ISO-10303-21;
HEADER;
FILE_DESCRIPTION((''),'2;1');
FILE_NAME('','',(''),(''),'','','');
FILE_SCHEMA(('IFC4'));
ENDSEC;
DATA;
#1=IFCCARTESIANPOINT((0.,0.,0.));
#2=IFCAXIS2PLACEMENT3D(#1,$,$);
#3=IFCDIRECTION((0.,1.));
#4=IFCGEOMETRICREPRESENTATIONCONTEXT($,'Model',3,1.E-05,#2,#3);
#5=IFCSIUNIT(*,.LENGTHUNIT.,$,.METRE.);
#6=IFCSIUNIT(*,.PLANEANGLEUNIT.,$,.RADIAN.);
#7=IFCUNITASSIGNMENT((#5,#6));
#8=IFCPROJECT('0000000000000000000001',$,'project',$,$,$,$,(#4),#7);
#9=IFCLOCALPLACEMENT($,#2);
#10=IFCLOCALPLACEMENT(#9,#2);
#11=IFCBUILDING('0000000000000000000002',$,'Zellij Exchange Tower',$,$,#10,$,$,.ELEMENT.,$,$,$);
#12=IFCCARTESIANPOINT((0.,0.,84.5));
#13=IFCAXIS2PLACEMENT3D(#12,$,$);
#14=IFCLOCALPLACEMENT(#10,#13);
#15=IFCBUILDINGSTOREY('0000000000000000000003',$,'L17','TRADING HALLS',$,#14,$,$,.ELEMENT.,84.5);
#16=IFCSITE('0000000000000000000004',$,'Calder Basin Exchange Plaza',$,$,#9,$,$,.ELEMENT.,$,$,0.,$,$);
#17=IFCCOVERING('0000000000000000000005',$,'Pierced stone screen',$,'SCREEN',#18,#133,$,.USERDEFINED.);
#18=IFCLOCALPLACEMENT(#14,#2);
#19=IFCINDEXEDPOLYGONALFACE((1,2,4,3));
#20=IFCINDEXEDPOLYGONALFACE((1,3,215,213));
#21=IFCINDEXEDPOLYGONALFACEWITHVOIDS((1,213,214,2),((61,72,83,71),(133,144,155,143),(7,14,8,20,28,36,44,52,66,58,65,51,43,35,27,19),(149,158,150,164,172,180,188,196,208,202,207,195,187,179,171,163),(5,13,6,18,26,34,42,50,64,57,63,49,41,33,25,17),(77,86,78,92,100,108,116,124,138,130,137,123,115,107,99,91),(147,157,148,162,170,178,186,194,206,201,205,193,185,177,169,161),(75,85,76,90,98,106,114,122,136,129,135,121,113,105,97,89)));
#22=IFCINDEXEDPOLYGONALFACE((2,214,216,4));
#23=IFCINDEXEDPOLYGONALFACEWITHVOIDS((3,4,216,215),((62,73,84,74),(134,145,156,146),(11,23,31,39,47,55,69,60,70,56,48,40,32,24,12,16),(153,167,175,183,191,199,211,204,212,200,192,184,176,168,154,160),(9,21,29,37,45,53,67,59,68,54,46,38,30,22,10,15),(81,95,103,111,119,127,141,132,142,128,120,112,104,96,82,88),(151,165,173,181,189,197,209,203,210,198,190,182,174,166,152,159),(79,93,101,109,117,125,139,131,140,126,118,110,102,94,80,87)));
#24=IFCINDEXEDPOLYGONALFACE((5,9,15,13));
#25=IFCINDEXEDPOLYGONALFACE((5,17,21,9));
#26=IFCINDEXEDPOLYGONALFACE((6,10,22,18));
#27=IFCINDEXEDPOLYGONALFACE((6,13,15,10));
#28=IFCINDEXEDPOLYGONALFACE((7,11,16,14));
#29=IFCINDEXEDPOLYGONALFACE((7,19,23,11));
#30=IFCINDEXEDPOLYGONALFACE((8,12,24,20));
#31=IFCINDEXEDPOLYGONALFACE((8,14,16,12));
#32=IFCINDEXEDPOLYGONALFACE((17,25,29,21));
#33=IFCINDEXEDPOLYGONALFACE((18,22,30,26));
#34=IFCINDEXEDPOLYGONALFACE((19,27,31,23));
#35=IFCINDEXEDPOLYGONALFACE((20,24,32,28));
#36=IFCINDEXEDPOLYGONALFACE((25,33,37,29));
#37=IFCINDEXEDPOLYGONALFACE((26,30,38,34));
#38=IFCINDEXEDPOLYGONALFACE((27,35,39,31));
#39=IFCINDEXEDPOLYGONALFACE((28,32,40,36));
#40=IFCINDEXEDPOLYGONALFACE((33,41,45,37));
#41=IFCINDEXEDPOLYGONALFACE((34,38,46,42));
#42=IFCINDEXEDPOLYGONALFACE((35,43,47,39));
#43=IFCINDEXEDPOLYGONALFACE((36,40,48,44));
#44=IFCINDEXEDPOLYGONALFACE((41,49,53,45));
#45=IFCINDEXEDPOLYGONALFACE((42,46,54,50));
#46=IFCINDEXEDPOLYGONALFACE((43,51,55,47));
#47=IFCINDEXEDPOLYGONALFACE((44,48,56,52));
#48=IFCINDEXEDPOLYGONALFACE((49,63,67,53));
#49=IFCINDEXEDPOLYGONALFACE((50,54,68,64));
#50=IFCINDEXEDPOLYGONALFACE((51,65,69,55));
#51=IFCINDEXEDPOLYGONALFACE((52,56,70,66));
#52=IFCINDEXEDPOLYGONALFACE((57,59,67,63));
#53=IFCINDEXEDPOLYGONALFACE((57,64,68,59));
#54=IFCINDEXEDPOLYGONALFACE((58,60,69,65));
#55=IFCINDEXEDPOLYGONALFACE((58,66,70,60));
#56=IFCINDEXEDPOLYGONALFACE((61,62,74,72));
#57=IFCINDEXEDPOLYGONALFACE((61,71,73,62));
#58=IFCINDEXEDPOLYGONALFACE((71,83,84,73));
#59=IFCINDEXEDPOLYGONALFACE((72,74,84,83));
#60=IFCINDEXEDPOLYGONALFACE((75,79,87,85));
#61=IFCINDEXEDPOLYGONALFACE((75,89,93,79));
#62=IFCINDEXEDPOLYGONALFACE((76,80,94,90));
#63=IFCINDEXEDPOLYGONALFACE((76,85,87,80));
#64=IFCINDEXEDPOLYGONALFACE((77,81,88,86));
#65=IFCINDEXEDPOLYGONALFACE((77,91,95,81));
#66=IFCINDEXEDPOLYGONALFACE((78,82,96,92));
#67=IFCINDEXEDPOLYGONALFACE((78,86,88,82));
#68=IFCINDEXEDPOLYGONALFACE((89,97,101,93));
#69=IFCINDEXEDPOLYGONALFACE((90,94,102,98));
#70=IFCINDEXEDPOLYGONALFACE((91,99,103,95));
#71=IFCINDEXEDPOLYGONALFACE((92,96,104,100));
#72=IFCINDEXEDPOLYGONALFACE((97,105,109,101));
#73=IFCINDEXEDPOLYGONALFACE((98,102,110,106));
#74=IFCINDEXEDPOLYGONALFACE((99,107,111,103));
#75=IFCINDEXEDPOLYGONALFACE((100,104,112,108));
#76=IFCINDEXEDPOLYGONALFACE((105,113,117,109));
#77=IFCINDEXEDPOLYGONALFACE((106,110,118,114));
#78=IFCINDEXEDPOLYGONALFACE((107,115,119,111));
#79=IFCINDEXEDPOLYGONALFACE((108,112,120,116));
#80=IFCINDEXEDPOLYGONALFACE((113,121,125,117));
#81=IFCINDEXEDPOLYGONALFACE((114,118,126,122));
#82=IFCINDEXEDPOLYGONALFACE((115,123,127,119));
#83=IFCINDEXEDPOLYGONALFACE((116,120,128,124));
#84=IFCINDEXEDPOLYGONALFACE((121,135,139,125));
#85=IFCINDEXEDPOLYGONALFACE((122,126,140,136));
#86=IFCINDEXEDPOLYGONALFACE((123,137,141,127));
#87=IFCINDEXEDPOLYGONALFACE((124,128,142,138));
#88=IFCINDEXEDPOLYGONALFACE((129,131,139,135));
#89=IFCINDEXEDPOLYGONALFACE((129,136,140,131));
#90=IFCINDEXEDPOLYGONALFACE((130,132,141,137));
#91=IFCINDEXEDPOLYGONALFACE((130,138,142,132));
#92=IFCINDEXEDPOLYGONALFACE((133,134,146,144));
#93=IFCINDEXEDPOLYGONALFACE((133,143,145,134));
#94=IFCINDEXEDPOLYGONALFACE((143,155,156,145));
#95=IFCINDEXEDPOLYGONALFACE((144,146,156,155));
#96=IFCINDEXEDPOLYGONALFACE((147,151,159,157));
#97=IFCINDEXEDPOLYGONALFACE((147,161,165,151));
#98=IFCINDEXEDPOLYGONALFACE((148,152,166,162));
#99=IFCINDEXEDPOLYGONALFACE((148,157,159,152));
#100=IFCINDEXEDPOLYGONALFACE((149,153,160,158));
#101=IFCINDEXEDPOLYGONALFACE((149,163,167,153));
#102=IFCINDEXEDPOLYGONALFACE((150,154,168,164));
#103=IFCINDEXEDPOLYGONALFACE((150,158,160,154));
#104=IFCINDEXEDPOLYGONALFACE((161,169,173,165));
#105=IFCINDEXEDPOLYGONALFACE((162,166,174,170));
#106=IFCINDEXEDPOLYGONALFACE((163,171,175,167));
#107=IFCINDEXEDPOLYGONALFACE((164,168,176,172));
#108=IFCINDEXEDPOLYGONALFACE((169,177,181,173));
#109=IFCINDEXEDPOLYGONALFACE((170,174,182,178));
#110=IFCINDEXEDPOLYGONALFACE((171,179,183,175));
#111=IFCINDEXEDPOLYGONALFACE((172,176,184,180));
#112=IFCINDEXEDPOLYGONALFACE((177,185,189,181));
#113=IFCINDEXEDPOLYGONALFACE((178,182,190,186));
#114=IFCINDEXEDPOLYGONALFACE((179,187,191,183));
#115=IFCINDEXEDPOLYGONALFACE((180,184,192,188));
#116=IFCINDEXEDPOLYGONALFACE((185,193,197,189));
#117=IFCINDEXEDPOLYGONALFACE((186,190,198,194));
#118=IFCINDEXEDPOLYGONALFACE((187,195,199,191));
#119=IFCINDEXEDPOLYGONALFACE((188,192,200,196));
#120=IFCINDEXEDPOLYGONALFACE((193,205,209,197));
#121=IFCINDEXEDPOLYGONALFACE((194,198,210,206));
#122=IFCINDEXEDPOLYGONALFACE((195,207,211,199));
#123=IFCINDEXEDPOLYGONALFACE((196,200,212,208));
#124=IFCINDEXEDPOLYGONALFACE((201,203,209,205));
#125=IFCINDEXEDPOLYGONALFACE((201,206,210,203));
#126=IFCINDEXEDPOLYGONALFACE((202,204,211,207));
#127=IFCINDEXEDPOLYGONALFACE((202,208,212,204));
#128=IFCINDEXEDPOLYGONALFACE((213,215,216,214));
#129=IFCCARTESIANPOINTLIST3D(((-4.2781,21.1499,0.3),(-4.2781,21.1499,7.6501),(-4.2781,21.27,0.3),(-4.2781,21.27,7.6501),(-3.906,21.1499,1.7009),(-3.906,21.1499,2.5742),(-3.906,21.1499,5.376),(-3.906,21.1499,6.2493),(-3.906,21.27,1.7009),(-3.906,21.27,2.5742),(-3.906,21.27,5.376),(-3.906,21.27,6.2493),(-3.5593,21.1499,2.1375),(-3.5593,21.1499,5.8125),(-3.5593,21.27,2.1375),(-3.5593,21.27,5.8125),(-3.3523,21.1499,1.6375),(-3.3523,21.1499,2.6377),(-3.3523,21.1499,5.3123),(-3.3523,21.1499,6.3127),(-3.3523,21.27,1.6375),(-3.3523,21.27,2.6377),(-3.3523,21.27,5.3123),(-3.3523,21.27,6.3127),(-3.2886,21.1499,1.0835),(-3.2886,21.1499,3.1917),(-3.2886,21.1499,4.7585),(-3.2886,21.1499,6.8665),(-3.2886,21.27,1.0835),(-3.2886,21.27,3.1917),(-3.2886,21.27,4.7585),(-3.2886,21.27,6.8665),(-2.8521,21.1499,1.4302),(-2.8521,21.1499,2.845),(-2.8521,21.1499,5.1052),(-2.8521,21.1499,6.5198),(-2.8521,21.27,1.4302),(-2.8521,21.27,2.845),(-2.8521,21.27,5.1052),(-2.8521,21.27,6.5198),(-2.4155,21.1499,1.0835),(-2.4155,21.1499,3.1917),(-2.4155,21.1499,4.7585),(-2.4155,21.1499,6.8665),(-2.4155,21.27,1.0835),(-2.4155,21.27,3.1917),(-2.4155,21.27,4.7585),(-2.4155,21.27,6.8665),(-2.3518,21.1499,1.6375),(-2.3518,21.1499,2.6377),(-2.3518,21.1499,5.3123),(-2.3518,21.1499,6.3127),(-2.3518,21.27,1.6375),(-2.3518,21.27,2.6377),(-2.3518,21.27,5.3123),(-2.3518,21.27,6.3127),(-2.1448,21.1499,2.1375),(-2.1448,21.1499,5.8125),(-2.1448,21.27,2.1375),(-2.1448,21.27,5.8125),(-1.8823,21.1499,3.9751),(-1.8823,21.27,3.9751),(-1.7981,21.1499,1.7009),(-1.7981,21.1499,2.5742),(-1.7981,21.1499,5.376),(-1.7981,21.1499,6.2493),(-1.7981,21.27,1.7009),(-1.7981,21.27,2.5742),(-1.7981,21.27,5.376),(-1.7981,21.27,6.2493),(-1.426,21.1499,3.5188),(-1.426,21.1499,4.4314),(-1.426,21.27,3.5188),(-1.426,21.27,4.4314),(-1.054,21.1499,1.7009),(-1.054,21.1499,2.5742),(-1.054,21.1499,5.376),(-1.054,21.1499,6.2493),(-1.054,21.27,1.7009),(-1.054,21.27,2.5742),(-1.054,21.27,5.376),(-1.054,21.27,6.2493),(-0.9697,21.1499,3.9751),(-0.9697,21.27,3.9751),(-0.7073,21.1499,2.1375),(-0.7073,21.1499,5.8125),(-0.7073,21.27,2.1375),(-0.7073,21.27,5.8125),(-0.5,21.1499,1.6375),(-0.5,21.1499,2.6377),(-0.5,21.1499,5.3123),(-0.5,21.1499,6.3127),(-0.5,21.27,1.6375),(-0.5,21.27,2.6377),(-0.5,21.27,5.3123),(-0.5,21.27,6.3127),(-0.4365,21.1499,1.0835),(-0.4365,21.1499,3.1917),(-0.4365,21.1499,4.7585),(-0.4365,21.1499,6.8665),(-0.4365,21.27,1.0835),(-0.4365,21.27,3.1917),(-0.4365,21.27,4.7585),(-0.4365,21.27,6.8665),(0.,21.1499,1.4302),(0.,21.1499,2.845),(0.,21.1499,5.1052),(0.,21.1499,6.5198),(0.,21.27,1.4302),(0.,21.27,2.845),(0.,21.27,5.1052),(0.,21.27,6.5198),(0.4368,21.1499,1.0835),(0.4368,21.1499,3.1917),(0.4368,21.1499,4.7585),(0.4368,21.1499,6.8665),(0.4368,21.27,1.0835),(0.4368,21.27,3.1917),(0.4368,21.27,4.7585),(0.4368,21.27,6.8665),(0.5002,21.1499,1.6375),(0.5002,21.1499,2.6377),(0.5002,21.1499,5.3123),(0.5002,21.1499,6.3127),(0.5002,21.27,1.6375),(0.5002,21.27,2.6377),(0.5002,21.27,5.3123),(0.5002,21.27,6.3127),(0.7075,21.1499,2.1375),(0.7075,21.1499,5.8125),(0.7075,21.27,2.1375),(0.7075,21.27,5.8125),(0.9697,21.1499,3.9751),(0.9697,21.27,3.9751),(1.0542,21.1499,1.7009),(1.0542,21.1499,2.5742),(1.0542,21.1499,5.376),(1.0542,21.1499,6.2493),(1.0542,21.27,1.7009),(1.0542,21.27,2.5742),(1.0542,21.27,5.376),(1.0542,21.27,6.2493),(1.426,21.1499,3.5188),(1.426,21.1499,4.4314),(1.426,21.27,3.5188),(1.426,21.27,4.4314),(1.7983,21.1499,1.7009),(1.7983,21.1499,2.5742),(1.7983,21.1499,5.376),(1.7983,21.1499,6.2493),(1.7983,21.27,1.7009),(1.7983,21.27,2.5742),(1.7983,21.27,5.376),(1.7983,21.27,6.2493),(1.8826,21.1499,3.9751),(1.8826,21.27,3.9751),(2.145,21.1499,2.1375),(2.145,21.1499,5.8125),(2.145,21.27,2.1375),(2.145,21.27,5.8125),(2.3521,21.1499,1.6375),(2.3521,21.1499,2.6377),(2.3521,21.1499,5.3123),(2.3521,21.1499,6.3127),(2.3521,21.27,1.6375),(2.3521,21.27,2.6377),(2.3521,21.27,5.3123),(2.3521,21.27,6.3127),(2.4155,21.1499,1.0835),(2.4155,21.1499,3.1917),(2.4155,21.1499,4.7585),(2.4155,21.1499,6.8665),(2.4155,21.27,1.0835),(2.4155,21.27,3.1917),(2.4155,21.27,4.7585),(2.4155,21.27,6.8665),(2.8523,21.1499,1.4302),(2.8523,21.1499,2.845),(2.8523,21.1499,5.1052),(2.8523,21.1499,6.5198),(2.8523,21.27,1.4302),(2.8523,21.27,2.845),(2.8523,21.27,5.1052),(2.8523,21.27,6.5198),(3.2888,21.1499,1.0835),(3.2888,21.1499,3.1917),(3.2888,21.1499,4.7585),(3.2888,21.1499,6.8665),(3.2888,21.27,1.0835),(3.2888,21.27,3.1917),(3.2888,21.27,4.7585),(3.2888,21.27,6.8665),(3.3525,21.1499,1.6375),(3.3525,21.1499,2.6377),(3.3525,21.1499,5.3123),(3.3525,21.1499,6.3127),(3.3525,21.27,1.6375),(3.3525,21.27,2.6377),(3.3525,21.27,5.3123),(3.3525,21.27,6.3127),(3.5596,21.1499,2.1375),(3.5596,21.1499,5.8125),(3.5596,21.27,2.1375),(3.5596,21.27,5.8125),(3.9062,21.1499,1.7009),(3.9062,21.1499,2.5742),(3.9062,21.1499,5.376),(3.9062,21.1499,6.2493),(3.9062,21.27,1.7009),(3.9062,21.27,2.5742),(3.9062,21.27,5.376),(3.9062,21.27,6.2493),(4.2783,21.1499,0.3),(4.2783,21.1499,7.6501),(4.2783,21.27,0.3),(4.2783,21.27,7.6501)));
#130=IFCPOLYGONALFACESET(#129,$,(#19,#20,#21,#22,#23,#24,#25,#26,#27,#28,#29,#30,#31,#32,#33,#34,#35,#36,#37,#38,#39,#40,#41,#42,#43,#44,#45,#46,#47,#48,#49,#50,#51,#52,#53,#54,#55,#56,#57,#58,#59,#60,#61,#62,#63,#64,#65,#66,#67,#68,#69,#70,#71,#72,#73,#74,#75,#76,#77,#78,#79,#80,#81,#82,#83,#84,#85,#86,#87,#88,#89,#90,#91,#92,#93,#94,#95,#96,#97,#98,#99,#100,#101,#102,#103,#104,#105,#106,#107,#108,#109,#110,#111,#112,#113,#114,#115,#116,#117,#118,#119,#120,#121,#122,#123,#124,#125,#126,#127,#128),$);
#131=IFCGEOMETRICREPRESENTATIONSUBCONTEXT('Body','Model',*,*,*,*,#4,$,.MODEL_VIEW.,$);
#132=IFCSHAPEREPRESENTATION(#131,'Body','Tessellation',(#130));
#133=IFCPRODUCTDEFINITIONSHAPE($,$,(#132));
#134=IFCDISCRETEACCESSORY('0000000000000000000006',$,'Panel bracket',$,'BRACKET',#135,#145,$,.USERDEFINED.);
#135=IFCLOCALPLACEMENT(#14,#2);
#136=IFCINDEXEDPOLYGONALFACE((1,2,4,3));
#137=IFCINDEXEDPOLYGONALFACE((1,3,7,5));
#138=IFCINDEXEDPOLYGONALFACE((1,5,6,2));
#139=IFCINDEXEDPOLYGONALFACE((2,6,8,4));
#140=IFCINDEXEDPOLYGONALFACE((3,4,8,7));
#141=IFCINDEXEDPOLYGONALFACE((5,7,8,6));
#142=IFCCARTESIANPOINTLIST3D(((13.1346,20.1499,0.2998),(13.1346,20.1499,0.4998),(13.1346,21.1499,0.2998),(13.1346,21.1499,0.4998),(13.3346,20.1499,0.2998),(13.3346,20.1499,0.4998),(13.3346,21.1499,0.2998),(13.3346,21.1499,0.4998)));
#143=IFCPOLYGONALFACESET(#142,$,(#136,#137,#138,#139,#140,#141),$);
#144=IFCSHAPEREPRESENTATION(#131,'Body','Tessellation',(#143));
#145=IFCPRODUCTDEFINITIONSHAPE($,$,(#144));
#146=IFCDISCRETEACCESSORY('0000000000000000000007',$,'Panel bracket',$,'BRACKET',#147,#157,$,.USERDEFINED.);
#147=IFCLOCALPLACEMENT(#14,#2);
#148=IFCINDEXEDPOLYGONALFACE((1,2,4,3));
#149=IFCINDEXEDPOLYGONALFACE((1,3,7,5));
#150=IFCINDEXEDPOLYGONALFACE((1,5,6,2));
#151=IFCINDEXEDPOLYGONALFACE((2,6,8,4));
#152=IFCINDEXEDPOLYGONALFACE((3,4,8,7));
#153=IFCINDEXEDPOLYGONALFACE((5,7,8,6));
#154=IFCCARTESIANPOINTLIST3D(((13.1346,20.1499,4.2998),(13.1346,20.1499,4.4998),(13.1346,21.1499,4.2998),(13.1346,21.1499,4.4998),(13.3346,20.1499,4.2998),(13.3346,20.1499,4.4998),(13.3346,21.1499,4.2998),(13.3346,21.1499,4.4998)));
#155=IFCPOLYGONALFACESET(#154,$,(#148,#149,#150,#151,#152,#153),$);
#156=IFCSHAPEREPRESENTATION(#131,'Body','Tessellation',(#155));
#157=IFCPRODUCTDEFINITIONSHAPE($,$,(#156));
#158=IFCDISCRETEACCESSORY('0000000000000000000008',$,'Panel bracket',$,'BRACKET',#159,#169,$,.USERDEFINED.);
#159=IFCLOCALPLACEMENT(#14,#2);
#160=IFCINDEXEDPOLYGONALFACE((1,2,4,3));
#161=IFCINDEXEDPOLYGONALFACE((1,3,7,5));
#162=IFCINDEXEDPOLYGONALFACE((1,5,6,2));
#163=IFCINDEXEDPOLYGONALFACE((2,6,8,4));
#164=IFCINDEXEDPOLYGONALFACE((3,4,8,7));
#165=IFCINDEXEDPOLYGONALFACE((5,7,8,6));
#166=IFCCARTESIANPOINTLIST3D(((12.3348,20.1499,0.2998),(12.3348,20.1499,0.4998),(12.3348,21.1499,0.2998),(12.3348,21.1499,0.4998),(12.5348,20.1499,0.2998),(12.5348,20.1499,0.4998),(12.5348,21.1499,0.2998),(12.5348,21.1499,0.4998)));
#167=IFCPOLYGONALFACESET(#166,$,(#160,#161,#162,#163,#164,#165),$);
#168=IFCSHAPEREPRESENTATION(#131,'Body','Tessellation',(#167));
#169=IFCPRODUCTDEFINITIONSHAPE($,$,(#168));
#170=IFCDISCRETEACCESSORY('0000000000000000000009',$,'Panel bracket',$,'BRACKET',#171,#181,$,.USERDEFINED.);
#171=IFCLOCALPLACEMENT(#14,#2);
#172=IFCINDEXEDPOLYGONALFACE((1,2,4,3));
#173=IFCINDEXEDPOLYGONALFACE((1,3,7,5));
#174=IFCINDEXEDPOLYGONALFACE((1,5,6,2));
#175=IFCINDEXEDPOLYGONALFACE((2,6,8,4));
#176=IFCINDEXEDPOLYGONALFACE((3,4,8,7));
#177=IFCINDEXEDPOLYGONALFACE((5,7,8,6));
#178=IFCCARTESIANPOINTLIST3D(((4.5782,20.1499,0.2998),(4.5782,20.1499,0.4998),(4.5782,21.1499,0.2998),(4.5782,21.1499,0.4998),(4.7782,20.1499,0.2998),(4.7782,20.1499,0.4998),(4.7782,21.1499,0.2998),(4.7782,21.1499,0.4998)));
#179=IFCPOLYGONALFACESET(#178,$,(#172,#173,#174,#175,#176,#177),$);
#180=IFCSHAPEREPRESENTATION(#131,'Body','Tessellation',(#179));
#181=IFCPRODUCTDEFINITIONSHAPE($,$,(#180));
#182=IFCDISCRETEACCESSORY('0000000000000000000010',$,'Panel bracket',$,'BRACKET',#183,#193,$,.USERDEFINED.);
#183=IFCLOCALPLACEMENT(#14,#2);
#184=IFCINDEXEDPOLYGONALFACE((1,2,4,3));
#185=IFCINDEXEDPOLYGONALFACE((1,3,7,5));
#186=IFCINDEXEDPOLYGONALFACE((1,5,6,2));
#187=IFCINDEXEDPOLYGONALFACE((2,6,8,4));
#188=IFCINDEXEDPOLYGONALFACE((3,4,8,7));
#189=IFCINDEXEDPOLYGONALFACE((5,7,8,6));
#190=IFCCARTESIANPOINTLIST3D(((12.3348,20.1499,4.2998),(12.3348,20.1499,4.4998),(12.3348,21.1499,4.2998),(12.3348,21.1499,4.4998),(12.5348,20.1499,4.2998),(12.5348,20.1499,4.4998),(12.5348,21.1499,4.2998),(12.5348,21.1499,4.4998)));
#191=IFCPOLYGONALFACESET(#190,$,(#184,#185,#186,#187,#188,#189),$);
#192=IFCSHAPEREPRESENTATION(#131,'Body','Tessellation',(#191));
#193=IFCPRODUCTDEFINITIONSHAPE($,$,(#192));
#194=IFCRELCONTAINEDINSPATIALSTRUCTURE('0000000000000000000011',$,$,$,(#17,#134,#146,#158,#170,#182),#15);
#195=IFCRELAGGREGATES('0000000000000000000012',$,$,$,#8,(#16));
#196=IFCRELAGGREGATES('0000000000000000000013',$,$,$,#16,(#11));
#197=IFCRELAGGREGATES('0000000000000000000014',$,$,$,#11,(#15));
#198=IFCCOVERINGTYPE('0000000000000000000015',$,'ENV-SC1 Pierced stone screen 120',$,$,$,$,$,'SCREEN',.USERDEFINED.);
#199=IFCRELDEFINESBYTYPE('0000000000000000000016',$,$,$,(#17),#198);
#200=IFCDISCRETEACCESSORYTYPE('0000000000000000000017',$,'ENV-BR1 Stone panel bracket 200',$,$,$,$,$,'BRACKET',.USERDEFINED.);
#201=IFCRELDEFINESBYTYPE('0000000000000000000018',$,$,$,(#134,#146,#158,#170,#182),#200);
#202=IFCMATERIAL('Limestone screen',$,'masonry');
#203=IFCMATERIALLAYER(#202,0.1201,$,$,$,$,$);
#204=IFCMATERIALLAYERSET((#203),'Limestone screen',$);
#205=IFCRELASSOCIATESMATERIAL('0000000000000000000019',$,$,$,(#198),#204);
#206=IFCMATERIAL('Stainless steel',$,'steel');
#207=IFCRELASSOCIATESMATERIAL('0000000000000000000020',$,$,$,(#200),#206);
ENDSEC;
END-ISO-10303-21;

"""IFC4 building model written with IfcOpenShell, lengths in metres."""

from ifc_helpers import new_model, si_unit, direction, frame, origin, origin_2d, place, context, subcontext, project, spatial, polyline, rectangle, outline, extrude, material, layer, layer_set, type_object, element, save


model = new_model("IFC4")

# Units and contexts
model_context = context("Model", 3, precision=1e-05, world=origin(), true_north=direction((0.0, 1.0)))
body_context = subcontext(model_context, "Body", "Model", "MODEL_VIEW")
ifc_project = project(units=[si_unit("LENGTHUNIT", "METRE"), si_unit("PLANEANGLEUNIT", "RADIAN")], contexts=[model_context])

# Site, building, storey
site_placement = place(None, origin())
site = spatial("IfcSite", under=ifc_project, at=site_placement, Name="Calder Basin Exchange Plaza", CompositionType="ELEMENT", RefElevation=0.0)
building_placement = place(site_placement, origin())
building = spatial("IfcBuilding", under=site, at=building_placement, Name="Zellij Exchange Tower", CompositionType="ELEMENT")
storey_placement = place(building_placement, frame((0.0, 0.0, 84.5)))
storey = spatial("IfcBuildingStorey", under=building, at=storey_placement, Name="L17", Description="TRADING HALLS", CompositionType="ELEMENT", Elevation=84.5)

# Covering
ifc_material_1 = material(Name="Limestone screen", Category="masonry")
ifc_layer_1 = layer(ifc_material_1, 0.1201)
ifc_layer_set_1 = layer_set([ifc_layer_1], Name="Limestone screen")
covering_type_1 = type_object("IfcCoveringType", Name="ENV-SC1 Pierced stone screen 120", ElementType="SCREEN", PredefinedType="USERDEFINED", material=ifc_layer_set_1)
covering_1_placement = place(storey_placement, frame((4.2783, 21.21, 0.3), z_axis=(0.0, 0.0, 1.0), x_axis=(-1.0, 0.0, 0.0)))
element("IfcCovering", 1, at=covering_1_placement, inside=storey, type_object=covering_type_1, Name="Pierced stone screen", ObjectType="SCREEN", PredefinedType="USERDEFINED", context=body_context, shape_type="SweptSolid", body=[
    extrude(outline(polyline([(0.0, 0.0), (8.5564, 0.0), (8.5564, 7.3501), (0.0, 7.3501), (0.0, 0.0)]), holes=[polyline([(2.48, 2.2742), (1.9263, 2.3376), (1.8628, 2.8916), (1.426, 2.5449), (0.9895, 2.8916), (0.9258, 2.3376), (0.3721, 2.2742), (0.7188, 1.8374), (0.3721, 1.4009), (0.9258, 1.3374), (0.9895, 0.7834), (1.426, 1.1301), (1.8628, 0.7834), (1.9263, 1.3374), (2.48, 1.4009), (2.1333, 1.8374), (2.48, 2.2742)]), polyline([(2.48, 5.9492), (1.9263, 6.0127), (1.8628, 6.5664), (1.426, 6.2197), (0.9895, 6.5664), (0.9258, 6.0127), (0.3721, 5.9492), (0.7188, 5.5125), (0.3721, 5.0759), (0.9258, 5.0122), (0.9895, 4.4585), (1.426, 4.8052), (1.8628, 4.4585), (1.9263, 5.0122), (2.48, 5.0759), (2.1333, 5.5125), (2.48, 5.9492)]), polyline([(5.3323, 2.2742), (4.7783, 2.3376), (4.7148, 2.8916), (4.2783, 2.5449), (3.8416, 2.8916), (3.7781, 2.3376), (3.2241, 2.2742), (3.5708, 1.8374), (3.2241, 1.4009), (3.7781, 1.3374), (3.8416, 0.7834), (4.2783, 1.1301), (4.7148, 0.7834), (4.7783, 1.3374), (5.3323, 1.4009), (4.9856, 1.8374), (5.3323, 2.2742)]), polyline([(5.3323, 5.9492), (4.7783, 6.0127), (4.7148, 6.5664), (4.2783, 6.2197), (3.8416, 6.5664), (3.7781, 6.0127), (3.2241, 5.9492), (3.5708, 5.5125), (3.2241, 5.0759), (3.7781, 5.0122), (3.8416, 4.4585), (4.2783, 4.8052), (4.7148, 4.4585), (4.7783, 5.0122), (5.3323, 5.0759), (4.9856, 5.5125), (5.3323, 5.9492)]), polyline([(8.1843, 2.2742), (7.6306, 2.3376), (7.5669, 2.8916), (7.1304, 2.5449), (6.6938, 2.8916), (6.6301, 2.3376), (6.0764, 2.2742), (6.4231, 1.8374), (6.0764, 1.4009), (6.6301, 1.3374), (6.6938, 0.7834), (7.1304, 1.1301), (7.5669, 0.7834), (7.6306, 1.3374), (8.1843, 1.4009), (7.8376, 1.8374), (8.1843, 2.2742)]), polyline([(8.1843, 5.9492), (7.6306, 6.0127), (7.5669, 6.5664), (7.1304, 6.2197), (6.6938, 6.5664), (6.6301, 6.0127), (6.0764, 5.9492), (6.4231, 5.5125), (6.0764, 5.0759), (6.6301, 5.0122), (6.6938, 4.4585), (7.1304, 4.8052), (7.5669, 4.4585), (7.6306, 5.0122), (8.1843, 5.0759), (7.8376, 5.5125), (8.1843, 5.9492)]), polyline([(3.3086, 3.675), (2.8523, 4.1313), (2.3958, 3.675), (2.8523, 3.2188), (3.3086, 3.675)]), polyline([(6.1606, 3.675), (5.7043, 4.1313), (5.248, 3.675), (5.7043, 3.2188), (6.1606, 3.675)])]), frame((0.0, 0.0601, 0.0), z_axis=(0.0, -1.0, 0.0), x_axis=(1.0, 0.0, 0.0)), (0.0, 0.0, 1.0), 0.1201),
])

# Discrete accessories
ifc_material_2 = material(Name="Stainless steel", Category="steel")
discrete_accessory_type = type_object("IfcDiscreteAccessoryType", Name="ENV-BR1 Stone panel bracket 200", ElementType="BRACKET", PredefinedType="USERDEFINED", material=ifc_material_2)
for number, where, z_axis, x_axis, name in (
    (2, (13.2346, 20.6499, 0.2998), (0.0, 0.0, 1.0), (-1.0, 0.0, 0.0), "Panel bracket"),
    (3, (13.2346, 20.6499, 4.2998), (0.0, 0.0, 1.0), (-1.0, 0.0, 0.0), "Panel bracket"),
    (4, (12.4348, 20.6499, 0.2998), (0.0, 0.0, 1.0), (-1.0, 0.0, 0.0), "Panel bracket"),
    (5, (4.6782, 20.6499, 0.2998), (0.0, 0.0, 1.0), (-1.0, 0.0, 0.0), "Panel bracket"),
    (6, (12.4348, 20.6499, 4.2998), (0.0, 0.0, 1.0), (-1.0, 0.0, 0.0), "Panel bracket"),
):
    element("IfcDiscreteAccessory", number, at=place(storey_placement, frame(where, z_axis=z_axis, x_axis=x_axis)), inside=storey, type_object=discrete_accessory_type, Name=name, ObjectType="BRACKET", PredefinedType="USERDEFINED", context=body_context, shape_type="SweptSolid", body=[
        extrude(rectangle(XDim=0.2, YDim=1.0, at=origin_2d()), origin(), (0.0, 0.0, 1.0), 0.2),
    ])

save(model, "model.ifc")
